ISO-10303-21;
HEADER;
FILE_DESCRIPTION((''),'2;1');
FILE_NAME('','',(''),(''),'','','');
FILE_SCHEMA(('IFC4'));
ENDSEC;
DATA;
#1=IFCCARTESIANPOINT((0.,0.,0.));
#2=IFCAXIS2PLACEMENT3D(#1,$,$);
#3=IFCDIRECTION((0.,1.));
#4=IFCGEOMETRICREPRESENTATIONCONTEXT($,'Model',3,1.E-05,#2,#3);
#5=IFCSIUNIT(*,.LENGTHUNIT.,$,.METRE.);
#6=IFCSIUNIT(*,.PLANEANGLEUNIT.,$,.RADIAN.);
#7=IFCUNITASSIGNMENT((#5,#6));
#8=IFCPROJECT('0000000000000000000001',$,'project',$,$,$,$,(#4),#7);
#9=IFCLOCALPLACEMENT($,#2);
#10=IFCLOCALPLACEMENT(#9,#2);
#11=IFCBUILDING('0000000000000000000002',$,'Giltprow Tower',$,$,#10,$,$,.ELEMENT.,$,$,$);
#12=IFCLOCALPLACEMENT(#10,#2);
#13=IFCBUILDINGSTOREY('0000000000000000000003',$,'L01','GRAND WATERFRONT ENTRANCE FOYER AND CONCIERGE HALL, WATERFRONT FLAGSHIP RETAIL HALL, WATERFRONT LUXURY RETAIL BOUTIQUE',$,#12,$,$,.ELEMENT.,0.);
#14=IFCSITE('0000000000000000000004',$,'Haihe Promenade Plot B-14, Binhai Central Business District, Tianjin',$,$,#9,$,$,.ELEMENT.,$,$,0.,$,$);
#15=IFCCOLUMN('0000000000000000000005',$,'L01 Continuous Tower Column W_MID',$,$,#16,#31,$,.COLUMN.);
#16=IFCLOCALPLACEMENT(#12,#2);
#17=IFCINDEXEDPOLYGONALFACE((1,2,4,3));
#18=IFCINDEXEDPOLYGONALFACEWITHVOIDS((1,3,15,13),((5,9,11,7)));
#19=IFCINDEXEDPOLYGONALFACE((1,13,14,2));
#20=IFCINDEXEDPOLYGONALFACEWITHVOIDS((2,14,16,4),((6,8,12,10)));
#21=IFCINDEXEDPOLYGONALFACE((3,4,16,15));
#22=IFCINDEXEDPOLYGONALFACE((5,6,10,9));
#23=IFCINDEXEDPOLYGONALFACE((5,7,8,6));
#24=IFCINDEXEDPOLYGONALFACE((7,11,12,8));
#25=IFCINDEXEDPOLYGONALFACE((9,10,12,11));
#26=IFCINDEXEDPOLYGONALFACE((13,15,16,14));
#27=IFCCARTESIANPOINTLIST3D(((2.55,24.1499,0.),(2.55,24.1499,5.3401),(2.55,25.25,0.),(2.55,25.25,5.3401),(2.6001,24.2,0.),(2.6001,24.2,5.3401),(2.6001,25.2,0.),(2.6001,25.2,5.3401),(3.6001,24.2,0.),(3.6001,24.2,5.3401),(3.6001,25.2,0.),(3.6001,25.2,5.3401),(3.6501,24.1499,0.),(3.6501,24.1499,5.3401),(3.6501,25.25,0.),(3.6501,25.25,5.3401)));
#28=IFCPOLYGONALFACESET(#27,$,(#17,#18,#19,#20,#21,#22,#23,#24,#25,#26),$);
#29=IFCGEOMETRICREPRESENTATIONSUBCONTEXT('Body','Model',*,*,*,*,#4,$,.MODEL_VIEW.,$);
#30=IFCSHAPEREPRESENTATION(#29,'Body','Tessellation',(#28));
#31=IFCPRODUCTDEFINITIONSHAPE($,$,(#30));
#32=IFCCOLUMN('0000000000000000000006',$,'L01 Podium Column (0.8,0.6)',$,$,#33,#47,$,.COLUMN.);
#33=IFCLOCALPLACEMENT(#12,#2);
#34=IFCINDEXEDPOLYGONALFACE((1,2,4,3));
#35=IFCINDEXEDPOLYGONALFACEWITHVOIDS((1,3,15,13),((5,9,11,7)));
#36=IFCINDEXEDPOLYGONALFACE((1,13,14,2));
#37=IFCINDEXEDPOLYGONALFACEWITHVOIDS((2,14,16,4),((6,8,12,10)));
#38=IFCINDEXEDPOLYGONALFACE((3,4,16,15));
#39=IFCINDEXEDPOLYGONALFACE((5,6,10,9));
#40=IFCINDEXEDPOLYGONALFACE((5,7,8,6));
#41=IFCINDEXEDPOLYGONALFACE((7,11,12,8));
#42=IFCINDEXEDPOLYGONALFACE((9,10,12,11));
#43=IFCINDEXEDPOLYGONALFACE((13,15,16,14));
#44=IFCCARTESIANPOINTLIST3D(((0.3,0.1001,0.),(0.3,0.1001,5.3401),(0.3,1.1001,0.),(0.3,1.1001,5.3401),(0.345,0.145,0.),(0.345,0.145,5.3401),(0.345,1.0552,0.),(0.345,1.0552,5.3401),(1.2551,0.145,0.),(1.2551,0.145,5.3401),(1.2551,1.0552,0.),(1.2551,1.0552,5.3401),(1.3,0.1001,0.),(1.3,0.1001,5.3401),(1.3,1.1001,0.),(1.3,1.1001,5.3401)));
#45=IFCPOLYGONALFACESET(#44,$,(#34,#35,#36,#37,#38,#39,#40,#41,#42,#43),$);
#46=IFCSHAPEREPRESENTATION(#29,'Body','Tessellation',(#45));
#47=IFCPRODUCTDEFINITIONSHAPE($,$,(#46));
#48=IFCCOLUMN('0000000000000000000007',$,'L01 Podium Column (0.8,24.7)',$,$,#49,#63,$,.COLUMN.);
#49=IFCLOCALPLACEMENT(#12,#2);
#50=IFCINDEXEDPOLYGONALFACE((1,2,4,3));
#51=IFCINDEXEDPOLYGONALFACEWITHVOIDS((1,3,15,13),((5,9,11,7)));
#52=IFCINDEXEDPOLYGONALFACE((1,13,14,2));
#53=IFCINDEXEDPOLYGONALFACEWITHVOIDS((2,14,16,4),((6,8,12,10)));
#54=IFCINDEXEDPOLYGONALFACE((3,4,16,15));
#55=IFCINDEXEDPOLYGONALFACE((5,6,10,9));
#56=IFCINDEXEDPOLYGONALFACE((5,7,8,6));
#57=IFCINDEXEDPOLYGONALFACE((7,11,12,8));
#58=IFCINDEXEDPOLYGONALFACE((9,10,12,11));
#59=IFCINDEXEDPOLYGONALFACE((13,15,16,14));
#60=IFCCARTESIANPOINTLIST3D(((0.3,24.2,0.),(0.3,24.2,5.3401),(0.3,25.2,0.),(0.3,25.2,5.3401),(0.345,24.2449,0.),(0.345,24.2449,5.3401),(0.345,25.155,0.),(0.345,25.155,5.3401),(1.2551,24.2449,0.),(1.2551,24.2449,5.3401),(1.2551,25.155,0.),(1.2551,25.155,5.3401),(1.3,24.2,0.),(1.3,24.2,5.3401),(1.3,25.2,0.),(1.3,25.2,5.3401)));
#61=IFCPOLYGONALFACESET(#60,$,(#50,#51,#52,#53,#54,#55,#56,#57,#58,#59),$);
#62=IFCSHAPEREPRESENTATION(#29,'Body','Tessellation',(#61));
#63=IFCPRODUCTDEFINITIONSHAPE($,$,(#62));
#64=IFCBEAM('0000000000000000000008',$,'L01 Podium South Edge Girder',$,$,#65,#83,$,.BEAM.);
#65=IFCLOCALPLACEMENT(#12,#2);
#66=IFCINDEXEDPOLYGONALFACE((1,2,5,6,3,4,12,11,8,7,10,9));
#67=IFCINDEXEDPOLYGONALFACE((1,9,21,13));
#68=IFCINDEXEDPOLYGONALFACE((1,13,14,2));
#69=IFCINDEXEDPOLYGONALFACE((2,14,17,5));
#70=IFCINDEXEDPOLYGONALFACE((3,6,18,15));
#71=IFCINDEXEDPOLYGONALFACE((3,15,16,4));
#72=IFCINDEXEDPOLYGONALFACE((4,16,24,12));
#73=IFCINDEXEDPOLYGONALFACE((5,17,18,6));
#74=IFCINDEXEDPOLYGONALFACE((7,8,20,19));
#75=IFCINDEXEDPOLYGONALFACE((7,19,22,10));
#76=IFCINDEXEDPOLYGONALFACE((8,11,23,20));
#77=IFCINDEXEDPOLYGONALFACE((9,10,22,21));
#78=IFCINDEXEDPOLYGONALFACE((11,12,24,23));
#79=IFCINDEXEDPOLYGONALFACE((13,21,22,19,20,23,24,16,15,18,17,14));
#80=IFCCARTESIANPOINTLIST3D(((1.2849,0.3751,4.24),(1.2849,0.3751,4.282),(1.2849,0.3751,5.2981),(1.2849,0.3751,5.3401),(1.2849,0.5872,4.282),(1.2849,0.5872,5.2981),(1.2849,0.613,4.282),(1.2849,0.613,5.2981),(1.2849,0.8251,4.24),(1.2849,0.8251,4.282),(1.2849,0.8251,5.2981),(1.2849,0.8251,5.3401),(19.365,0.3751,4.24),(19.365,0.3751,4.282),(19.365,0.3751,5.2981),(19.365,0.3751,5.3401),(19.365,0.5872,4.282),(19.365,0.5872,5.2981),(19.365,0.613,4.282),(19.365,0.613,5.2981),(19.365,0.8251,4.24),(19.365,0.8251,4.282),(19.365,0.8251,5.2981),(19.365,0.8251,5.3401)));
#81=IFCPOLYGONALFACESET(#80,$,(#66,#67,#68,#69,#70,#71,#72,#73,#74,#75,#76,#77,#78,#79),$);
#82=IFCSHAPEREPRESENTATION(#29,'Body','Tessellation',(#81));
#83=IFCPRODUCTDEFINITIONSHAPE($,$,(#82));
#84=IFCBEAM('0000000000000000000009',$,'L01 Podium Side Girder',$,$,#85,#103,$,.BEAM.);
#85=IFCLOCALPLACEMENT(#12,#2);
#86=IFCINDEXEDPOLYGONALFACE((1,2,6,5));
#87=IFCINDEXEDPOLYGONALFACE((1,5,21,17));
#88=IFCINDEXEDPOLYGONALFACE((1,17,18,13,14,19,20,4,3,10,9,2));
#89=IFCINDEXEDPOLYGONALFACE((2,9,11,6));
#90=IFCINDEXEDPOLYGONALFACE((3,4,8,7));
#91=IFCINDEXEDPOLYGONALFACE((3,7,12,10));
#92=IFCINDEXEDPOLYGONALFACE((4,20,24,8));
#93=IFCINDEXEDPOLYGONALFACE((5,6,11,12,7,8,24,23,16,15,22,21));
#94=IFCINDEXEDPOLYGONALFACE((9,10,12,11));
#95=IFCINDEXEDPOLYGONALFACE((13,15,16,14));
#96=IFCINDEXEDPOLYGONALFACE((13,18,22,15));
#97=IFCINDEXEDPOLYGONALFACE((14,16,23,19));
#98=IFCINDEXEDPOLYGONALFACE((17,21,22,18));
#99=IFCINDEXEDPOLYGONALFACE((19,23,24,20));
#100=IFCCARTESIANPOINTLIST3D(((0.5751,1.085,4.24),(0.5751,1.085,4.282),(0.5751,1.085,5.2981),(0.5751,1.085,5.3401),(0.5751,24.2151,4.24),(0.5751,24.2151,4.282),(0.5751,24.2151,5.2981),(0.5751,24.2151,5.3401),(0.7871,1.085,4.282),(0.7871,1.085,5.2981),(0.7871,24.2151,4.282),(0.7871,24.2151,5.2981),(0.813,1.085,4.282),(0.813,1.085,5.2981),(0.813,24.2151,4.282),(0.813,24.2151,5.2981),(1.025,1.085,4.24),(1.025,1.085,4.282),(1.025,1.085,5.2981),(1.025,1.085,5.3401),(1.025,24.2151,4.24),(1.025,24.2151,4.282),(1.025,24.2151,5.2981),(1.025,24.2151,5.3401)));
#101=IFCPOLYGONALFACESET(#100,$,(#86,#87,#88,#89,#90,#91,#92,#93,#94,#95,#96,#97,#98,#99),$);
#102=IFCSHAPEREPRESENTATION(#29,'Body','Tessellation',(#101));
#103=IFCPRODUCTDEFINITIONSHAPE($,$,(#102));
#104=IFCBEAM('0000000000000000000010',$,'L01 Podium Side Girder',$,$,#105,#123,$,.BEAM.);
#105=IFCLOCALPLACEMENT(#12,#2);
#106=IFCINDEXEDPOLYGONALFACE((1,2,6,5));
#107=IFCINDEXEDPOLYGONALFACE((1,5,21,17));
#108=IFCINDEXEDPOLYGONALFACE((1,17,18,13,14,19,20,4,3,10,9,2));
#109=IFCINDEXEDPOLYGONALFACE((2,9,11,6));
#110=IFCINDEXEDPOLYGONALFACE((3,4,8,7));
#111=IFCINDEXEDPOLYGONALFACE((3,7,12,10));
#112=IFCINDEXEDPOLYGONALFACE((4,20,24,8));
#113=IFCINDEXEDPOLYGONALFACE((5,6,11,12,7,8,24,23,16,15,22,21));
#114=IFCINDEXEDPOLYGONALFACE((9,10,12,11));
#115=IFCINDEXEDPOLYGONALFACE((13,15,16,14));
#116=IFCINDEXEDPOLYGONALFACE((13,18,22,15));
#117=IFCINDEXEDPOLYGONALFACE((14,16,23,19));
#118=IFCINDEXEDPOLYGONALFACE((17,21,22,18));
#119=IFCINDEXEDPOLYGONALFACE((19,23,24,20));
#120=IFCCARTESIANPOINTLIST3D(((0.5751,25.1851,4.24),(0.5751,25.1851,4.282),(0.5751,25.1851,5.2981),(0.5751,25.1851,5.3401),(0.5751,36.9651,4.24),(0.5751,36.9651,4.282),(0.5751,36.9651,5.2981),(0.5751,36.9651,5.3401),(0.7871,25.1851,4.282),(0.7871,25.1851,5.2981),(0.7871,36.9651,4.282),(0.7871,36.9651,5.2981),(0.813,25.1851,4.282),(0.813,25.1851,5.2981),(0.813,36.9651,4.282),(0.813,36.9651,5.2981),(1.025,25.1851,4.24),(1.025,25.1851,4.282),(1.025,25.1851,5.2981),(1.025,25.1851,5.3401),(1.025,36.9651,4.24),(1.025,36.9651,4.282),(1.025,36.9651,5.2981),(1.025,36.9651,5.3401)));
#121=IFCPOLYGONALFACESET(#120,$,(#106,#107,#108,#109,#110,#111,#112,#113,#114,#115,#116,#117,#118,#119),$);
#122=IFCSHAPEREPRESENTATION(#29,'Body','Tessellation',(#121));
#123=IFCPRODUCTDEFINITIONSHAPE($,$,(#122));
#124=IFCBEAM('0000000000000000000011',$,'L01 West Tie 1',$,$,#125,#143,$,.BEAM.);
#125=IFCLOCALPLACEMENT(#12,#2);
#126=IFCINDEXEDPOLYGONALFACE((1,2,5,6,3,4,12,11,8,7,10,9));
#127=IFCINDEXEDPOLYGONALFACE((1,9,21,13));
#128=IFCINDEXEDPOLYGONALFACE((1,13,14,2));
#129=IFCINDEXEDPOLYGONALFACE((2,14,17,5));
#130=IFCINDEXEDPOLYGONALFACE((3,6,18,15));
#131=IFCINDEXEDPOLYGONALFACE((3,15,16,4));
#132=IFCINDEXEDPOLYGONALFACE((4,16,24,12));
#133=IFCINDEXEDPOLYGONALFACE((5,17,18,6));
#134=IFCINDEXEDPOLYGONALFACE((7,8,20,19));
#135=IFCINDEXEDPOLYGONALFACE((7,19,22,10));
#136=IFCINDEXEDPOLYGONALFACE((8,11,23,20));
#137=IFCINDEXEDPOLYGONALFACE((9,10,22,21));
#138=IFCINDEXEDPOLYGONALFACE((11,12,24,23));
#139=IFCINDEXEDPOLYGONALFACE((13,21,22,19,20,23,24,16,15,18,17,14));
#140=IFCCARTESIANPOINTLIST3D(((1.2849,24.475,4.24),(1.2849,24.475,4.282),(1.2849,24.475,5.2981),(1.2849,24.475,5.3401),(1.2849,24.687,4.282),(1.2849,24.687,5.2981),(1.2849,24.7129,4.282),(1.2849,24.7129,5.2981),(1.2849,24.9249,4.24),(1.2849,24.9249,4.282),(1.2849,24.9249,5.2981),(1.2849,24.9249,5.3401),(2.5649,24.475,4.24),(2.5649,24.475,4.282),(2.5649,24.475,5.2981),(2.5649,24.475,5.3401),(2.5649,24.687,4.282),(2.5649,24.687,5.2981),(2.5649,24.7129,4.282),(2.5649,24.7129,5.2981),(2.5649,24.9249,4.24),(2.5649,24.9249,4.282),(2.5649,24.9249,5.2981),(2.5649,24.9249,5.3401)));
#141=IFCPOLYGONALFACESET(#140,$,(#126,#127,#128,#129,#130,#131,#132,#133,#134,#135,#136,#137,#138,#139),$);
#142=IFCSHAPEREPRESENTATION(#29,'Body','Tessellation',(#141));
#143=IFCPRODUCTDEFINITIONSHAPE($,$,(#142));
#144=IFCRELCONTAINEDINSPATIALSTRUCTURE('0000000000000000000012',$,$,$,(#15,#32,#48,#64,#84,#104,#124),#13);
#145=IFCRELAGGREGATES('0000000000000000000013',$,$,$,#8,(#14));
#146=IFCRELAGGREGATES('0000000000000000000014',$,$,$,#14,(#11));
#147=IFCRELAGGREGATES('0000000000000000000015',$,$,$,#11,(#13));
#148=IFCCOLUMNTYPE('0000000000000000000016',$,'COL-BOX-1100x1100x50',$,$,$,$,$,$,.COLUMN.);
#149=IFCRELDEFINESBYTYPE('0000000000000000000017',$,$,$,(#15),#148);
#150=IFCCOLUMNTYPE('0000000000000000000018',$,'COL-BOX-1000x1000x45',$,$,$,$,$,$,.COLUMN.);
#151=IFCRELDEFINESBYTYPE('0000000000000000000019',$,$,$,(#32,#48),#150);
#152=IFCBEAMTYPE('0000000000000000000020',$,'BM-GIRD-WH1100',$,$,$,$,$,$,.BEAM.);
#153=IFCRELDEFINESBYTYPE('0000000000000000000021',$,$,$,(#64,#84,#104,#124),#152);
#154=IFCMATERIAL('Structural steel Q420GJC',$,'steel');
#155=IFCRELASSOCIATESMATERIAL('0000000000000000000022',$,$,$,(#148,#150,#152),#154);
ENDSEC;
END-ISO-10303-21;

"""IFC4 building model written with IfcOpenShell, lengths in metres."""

from ifc_helpers import new_model, si_unit, direction, frame, origin, origin_2d, place, context, subcontext, project, spatial, hollow_rectangle, i_section, extrude, source, transform, mapped, material, material_profile, profile_set, type_object, element, save


model = new_model("IFC4")

# Units and contexts
model_context = context("Model", 3, precision=1e-05, world=origin(), true_north=direction((0.0, 1.0)))
body_context = subcontext(model_context, "Body", "Model", "MODEL_VIEW")
ifc_project = project(units=[si_unit("LENGTHUNIT", "METRE"), si_unit("PLANEANGLEUNIT", "RADIAN")], contexts=[model_context])

# Site, building, storey
site_placement = place(None, origin())
site = spatial("IfcSite", under=ifc_project, at=site_placement, Name="Haihe Promenade Plot B-14, Binhai Central Business District, Tianjin", CompositionType="ELEMENT", RefElevation=0.0)
building_placement = place(site_placement, origin())
building = spatial("IfcBuilding", under=site, at=building_placement, Name="Giltprow Tower", CompositionType="ELEMENT")
storey_placement = place(building_placement, origin())
storey = spatial("IfcBuildingStorey", under=building, at=storey_placement, Name="L01", Description="GRAND WATERFRONT ENTRANCE FOYER AND CONCIERGE HALL, WATERFRONT FLAGSHIP RETAIL HALL, WATERFRONT LUXURY RETAIL BOUTIQUE", CompositionType="ELEMENT", Elevation=0.0)

# Columns
ifc_material_1 = material(Name="Structural steel Q420GJC", Category="steel")
ifc_material_profile_1 = material_profile(ifc_material_1, hollow_rectangle(XDim=1.1001, YDim=1.1001, WallThickness=0.05, at=origin_2d()), Name="BOX 1100x1100x50")
ifc_profile_set_1 = profile_set([ifc_material_profile_1], Name="Structural steel Q420GJC")
column_type_1 = type_object("IfcColumnType", Name="COL-BOX-1100x1100x50", PredefinedType="COLUMN", material=ifc_profile_set_1)
shared_shape_1 = source(origin(), body_context, "Body", "SweptSolid", [
    extrude(hollow_rectangle(XDim=1.1001, YDim=1.1001, WallThickness=0.05, at=origin_2d()), origin(), (0.0, 0.0, 1.0), 5.3401),
])
column_placement = place(storey_placement, frame((3.1001, 24.7, 0.0), z_axis=(0.0, 0.0, 1.0), x_axis=(1.0, 0.0, 0.0)))
element("IfcColumn", 1, at=column_placement, inside=storey, type_object=column_type_1, Name="L01 Continuous Tower Column W_MID", PredefinedType="COLUMN", context=body_context, shape_type="MappedRepresentation", body=[
    mapped(shared_shape_1, transform((0.0, 0.0, 0.0), x_axis=(1.0, 0.0, 0.0), y_axis=(0.0, 1.0, 0.0), z_axis=(0.0, 0.0, 1.0), scale=1.0)),
])
ifc_material_profile_2 = material_profile(ifc_material_1, hollow_rectangle(XDim=1.0, YDim=1.0, WallThickness=0.0449, at=origin_2d()), Name="BOX 1000x1000x45")
ifc_profile_set_2 = profile_set([ifc_material_profile_2], Name="Structural steel Q420GJC")
column_type_2 = type_object("IfcColumnType", Name="COL-BOX-1000x1000x45", PredefinedType="COLUMN", material=ifc_profile_set_2)
shared_shape_2 = source(origin(), body_context, "Body", "SweptSolid", [
    extrude(hollow_rectangle(XDim=1.0, YDim=1.0, WallThickness=0.0449, at=origin_2d()), origin(), (0.0, 0.0, 1.0), 5.3401),
])
for number, where, z_axis, x_axis, name in (
    (2, (0.8, 0.6001, 0.0), (0.0, 0.0, 1.0), (1.0, 0.0, 0.0), "L01 Podium Column (0.8,0.6)"),
    (3, (0.8, 24.7, 0.0), (0.0, 0.0, 1.0), (1.0, 0.0, 0.0), "L01 Podium Column (0.8,24.7)"),
):
    element("IfcColumn", number, at=place(storey_placement, frame(where, z_axis=z_axis, x_axis=x_axis)), inside=storey, type_object=column_type_2, Name=name, PredefinedType="COLUMN", context=body_context, shape_type="MappedRepresentation", body=[
        mapped(shared_shape_2, transform((0.0, 0.0, 0.0), x_axis=(1.0, 0.0, 0.0), y_axis=(0.0, 1.0, 0.0), z_axis=(0.0, 0.0, 1.0), scale=1.0)),
    ])

# Beams
ifc_material_profile_3 = material_profile(ifc_material_1, i_section(OverallWidth=0.45, OverallDepth=1.1001, WebThickness=0.0259, FlangeThickness=0.042, at=origin_2d()), Name="WH 1100x450x26x42")
ifc_profile_set_3 = profile_set([ifc_material_profile_3], Name="Structural steel Q420GJC")
beam_type = type_object("IfcBeamType", Name="BM-GIRD-WH1100", PredefinedType="BEAM", material=ifc_profile_set_3)
shared_shape_3 = source(origin(), body_context, "Body", "SweptSolid", [
    extrude(i_section(OverallWidth=0.45, OverallDepth=1.1001, WebThickness=0.0259, FlangeThickness=0.042, at=origin_2d()), origin(), (0.0, 0.0, 1.0), 18.0801),
])
beam_1_placement = place(storey_placement, frame((1.2849, 0.6001, 4.79), z_axis=(1.0, 0.0, 0.0), x_axis=(0.0, 1.0, 0.0)))
element("IfcBeam", 4, at=beam_1_placement, inside=storey, type_object=beam_type, Name="L01 Podium South Edge Girder", PredefinedType="BEAM", context=body_context, shape_type="MappedRepresentation", body=[
    mapped(shared_shape_3, transform((0.0, 0.0, 0.0), x_axis=(1.0, 0.0, 0.0), y_axis=(0.0, 1.0, 0.0), z_axis=(0.0, 0.0, 1.0), scale=1.0)),
])
shared_shape_4 = source(origin(), body_context, "Body", "SweptSolid", [
    extrude(i_section(OverallWidth=0.45, OverallDepth=1.1001, WebThickness=0.0259, FlangeThickness=0.042, at=origin_2d()), origin(), (0.0, 0.0, 1.0), 23.1301),
])
beam_2_placement = place(storey_placement, frame((0.8, 1.085, 4.79), z_axis=(0.0, 1.0, 0.0), x_axis=(-1.0, 0.0, 0.0)))
element("IfcBeam", 5, at=beam_2_placement, inside=storey, type_object=beam_type, Name="L01 Podium Side Girder", PredefinedType="BEAM", context=body_context, shape_type="MappedRepresentation", body=[
    mapped(shared_shape_4, transform((0.0, 0.0, 0.0), x_axis=(1.0, 0.0, 0.0), y_axis=(0.0, 1.0, 0.0), z_axis=(0.0, 0.0, 1.0), scale=1.0)),
])
shared_shape_5 = source(origin(), body_context, "Body", "SweptSolid", [
    extrude(i_section(OverallWidth=0.45, OverallDepth=1.1001, WebThickness=0.0259, FlangeThickness=0.042, at=origin_2d()), origin(), (0.0, 0.0, 1.0), 11.78),
])
beam_3_placement = place(storey_placement, frame((0.8, 25.1851, 4.79), z_axis=(0.0, 1.0, 0.0), x_axis=(-1.0, 0.0, 0.0)))
element("IfcBeam", 6, at=beam_3_placement, inside=storey, type_object=beam_type, Name="L01 Podium Side Girder", PredefinedType="BEAM", context=body_context, shape_type="MappedRepresentation", body=[
    mapped(shared_shape_5, transform((0.0, 0.0, 0.0), x_axis=(1.0, 0.0, 0.0), y_axis=(0.0, 1.0, 0.0), z_axis=(0.0, 0.0, 1.0), scale=1.0)),
])
shared_shape_6 = source(origin(), body_context, "Body", "SweptSolid", [
    extrude(i_section(OverallWidth=0.45, OverallDepth=1.1001, WebThickness=0.0259, FlangeThickness=0.042, at=origin_2d()), origin(), (0.0, 0.0, 1.0), 1.28),
])
beam_4_placement = place(storey_placement, frame((1.2849, 24.7, 4.79), z_axis=(1.0, 0.0, 0.0), x_axis=(0.0, 1.0, 0.0)))
element("IfcBeam", 7, at=beam_4_placement, inside=storey, type_object=beam_type, Name="L01 West Tie 1", PredefinedType="BEAM", context=body_context, shape_type="MappedRepresentation", body=[
    mapped(shared_shape_6, transform((0.0, 0.0, 0.0), x_axis=(1.0, 0.0, 0.0), y_axis=(0.0, 1.0, 0.0), z_axis=(0.0, 0.0, 1.0), scale=1.0)),
])

save(model, "model.ifc")
